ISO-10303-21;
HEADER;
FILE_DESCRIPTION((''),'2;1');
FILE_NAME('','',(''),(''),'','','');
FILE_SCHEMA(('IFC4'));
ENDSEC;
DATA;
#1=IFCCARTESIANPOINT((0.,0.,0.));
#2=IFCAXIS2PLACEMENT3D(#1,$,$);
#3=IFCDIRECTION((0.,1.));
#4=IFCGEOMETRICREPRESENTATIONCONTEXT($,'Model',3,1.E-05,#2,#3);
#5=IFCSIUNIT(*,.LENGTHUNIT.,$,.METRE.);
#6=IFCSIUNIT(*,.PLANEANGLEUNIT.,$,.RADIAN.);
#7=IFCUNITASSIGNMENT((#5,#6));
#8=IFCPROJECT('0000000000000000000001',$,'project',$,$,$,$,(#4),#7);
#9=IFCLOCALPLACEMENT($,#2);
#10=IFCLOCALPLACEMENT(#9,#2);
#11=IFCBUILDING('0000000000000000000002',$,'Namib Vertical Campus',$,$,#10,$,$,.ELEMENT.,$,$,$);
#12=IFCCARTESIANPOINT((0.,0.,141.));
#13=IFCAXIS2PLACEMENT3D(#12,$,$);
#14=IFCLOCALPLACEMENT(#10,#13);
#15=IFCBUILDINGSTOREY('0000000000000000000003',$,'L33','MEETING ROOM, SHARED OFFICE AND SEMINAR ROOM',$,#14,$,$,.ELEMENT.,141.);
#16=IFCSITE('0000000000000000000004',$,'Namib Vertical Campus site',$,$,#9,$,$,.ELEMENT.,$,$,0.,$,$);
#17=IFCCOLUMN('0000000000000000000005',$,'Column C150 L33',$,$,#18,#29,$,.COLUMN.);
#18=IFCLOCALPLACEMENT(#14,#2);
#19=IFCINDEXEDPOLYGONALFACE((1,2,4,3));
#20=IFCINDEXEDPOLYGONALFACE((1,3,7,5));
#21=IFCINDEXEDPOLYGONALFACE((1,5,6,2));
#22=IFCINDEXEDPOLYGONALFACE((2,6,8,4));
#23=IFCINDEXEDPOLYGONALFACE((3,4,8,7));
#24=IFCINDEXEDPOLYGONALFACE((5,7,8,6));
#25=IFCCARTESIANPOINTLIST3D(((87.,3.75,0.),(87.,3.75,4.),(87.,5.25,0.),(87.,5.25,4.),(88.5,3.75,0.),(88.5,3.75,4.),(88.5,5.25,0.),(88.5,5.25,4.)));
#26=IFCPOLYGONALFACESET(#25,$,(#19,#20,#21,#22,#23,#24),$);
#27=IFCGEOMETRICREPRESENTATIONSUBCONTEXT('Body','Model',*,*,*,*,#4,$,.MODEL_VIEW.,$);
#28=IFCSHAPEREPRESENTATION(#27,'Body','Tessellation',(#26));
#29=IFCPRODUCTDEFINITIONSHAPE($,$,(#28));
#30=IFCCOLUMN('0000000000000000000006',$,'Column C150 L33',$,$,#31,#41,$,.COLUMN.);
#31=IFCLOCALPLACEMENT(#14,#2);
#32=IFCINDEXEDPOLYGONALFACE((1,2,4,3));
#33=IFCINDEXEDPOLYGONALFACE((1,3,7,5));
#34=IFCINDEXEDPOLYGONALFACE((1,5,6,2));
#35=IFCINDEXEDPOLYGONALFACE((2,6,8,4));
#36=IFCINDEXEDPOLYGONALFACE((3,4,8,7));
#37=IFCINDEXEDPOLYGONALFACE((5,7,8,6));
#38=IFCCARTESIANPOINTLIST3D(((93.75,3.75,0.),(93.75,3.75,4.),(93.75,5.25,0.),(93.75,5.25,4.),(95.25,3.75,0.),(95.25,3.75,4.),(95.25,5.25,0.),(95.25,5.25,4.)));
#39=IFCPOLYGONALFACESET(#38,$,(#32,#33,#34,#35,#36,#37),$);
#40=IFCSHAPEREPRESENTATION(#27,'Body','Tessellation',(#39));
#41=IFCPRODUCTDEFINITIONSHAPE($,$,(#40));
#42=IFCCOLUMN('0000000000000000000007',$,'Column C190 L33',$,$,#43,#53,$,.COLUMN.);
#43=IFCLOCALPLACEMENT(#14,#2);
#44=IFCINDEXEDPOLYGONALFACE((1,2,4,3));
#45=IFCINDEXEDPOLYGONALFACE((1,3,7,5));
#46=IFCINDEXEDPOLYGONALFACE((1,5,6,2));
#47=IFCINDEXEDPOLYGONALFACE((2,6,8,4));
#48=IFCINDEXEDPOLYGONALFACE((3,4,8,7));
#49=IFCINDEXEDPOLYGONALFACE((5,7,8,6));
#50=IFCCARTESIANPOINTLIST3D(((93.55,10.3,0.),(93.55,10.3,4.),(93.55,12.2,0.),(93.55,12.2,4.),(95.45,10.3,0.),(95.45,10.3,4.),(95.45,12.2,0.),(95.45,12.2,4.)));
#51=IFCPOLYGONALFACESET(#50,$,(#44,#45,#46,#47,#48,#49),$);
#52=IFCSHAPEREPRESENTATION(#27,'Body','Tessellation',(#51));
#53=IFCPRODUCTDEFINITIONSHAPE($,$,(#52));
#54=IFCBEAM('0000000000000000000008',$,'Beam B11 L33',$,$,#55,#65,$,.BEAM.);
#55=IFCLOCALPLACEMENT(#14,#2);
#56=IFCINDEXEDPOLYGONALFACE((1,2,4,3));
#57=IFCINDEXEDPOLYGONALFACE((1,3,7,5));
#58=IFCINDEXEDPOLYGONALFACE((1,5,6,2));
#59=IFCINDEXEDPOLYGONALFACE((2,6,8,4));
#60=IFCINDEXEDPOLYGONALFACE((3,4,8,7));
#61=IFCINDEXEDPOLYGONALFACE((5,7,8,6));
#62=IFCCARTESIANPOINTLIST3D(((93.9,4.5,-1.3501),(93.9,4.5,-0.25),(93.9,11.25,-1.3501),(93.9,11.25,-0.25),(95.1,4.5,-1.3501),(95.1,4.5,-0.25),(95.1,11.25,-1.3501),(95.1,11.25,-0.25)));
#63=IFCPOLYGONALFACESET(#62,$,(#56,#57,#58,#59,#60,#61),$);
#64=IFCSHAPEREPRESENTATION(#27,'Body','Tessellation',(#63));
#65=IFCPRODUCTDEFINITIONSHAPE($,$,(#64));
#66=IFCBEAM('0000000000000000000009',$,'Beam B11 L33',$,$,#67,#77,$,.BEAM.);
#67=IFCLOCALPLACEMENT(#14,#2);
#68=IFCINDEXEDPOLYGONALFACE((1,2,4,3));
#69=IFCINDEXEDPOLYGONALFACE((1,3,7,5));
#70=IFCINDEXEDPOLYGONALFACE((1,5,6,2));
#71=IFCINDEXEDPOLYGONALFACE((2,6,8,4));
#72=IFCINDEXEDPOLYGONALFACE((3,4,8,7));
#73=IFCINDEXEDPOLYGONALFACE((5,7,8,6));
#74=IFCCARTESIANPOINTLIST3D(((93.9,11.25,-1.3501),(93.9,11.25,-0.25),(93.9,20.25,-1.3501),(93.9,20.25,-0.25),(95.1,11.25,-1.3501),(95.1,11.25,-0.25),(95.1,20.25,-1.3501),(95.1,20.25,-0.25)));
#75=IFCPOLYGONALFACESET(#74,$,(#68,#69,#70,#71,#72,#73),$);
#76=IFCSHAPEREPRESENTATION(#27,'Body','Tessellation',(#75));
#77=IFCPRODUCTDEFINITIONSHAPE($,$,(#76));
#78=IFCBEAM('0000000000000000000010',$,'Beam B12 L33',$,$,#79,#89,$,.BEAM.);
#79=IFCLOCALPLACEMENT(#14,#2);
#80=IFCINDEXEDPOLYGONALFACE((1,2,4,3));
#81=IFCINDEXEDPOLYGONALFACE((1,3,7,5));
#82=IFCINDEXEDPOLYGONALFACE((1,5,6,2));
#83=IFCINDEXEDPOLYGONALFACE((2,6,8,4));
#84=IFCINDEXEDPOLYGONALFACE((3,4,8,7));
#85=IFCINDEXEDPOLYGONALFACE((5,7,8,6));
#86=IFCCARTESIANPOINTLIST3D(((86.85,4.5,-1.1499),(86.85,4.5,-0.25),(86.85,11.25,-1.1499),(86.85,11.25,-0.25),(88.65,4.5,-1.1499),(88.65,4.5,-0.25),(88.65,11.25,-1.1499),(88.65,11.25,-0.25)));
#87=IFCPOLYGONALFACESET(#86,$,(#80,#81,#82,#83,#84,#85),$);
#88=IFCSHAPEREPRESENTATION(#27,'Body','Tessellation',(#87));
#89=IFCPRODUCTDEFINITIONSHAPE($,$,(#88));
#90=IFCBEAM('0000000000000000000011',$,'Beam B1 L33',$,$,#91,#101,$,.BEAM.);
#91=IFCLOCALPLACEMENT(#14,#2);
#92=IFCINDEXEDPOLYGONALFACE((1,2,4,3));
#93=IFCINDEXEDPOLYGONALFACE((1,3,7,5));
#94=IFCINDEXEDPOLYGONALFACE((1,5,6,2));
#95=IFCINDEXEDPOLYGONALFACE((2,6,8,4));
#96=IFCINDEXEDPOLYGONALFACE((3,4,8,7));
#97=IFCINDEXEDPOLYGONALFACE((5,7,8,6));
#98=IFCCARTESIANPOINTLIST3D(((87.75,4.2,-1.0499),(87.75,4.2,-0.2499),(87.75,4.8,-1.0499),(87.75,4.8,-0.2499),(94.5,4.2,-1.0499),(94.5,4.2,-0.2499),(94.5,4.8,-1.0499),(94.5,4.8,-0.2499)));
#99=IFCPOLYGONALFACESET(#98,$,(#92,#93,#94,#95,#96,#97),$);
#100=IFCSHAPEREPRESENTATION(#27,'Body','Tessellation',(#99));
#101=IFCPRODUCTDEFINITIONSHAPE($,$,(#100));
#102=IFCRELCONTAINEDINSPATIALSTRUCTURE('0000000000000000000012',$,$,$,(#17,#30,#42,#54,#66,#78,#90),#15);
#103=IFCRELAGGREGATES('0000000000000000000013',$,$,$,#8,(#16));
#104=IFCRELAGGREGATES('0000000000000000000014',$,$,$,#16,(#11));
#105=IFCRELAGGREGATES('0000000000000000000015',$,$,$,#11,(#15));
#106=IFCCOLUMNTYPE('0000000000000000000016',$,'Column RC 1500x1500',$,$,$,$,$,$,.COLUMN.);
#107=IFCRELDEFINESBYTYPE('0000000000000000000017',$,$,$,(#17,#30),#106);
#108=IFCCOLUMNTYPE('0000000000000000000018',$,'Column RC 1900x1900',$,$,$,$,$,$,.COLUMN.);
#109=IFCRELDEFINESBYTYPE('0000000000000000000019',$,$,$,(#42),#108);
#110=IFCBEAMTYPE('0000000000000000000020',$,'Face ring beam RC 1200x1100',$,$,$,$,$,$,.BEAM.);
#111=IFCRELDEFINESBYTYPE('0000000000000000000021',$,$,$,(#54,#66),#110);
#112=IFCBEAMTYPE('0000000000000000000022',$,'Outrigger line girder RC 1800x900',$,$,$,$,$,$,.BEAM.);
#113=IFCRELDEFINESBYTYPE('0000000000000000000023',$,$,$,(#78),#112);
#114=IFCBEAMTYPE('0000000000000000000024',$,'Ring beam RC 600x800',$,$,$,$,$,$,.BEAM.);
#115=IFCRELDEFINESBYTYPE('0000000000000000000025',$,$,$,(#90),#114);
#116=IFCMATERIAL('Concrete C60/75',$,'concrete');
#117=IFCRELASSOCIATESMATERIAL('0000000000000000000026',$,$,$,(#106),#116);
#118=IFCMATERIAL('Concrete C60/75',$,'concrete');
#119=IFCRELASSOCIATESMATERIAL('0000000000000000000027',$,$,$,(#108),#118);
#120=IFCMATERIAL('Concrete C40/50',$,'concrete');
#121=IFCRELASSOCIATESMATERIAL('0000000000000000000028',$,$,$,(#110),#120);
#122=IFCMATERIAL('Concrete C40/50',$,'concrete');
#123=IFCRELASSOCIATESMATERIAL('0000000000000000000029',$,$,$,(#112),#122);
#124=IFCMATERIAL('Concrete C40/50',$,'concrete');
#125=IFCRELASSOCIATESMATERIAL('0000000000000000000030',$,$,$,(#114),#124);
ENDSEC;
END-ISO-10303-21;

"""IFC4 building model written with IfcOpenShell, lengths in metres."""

from ifc_helpers import new_model, si_unit, direction, frame, origin, origin_2d, place, context, subcontext, project, spatial, rectangle, extrude, material, material_profile, profile_set, type_object, element, save


model = new_model("IFC4")

# Units and contexts
model_context = context("Model", 3, precision=1e-05, world=origin(), true_north=direction((0.0, 1.0)))
body_context = subcontext(model_context, "Body", "Model", "MODEL_VIEW")
ifc_project = project(units=[si_unit("LENGTHUNIT", "METRE"), si_unit("PLANEANGLEUNIT", "RADIAN")], contexts=[model_context])

# Site, building, storey
site_placement = place(None, origin())
site = spatial("IfcSite", under=ifc_project, at=site_placement, Name="Namib Vertical Campus site", CompositionType="ELEMENT", RefElevation=0.0)
building_placement = place(site_placement, origin())
building = spatial("IfcBuilding", under=site, at=building_placement, Name="Namib Vertical Campus", CompositionType="ELEMENT")
storey_placement = place(building_placement, frame((0.0, 0.0, 141.0)))
storey = spatial("IfcBuildingStorey", under=building, at=storey_placement, Name="L33", Description="MEETING ROOM, SHARED OFFICE AND SEMINAR ROOM", CompositionType="ELEMENT", Elevation=141.0)

# Columns
ifc_material_1 = material(Name="Concrete C60/75", Category="concrete")
ifc_material_profile_1 = material_profile(ifc_material_1, rectangle(XDim=1.5, YDim=1.5, at=origin_2d()))
ifc_profile_set_1 = profile_set([ifc_material_profile_1], Name="Concrete C60/75")
column_type_1 = type_object("IfcColumnType", Name="Column RC 1500x1500", PredefinedType="COLUMN", material=ifc_profile_set_1)
for number, where, z_axis, x_axis, name in (
    (1, (87.75, 4.5, 0.0), (0.0, 0.0, 1.0), (1.0, 0.0, 0.0), "Column C150 L33"),
    (2, (94.5, 4.5, 0.0), (0.0, 0.0, 1.0), (1.0, 0.0, 0.0), "Column C150 L33"),
):
    element("IfcColumn", number, at=place(storey_placement, frame(where, z_axis=z_axis, x_axis=x_axis)), inside=storey, type_object=column_type_1, Name=name, PredefinedType="COLUMN", context=body_context, shape_type="SweptSolid", body=[
        extrude(rectangle(XDim=1.5, YDim=1.5, at=origin_2d()), origin(), (0.0, 0.0, 1.0), 4.0),
    ])
ifc_material_2 = material(Name="Concrete C60/75", Category="concrete")
ifc_material_profile_2 = material_profile(ifc_material_2, rectangle(XDim=1.8999, YDim=1.8999, at=origin_2d()))
ifc_profile_set_2 = profile_set([ifc_material_profile_2], Name="Concrete C60/75")
column_type_2 = type_object("IfcColumnType", Name="Column RC 1900x1900", PredefinedType="COLUMN", material=ifc_profile_set_2)
column_placement = place(storey_placement, frame((94.5, 11.25, 0.0), z_axis=(0.0, 0.0, 1.0), x_axis=(1.0, 0.0, 0.0)))
element("IfcColumn", 3, at=column_placement, inside=storey, type_object=column_type_2, Name="Column C190 L33", PredefinedType="COLUMN", context=body_context, shape_type="SweptSolid", body=[
    extrude(rectangle(XDim=1.8999, YDim=1.8999, at=origin_2d()), origin(), (0.0, 0.0, 1.0), 4.0),
])

# Beams
ifc_material_3 = material(Name="Concrete C40/50", Category="concrete")
ifc_material_profile_3 = material_profile(ifc_material_3, rectangle(XDim=1.2, YDim=1.1001, at=origin_2d()))
ifc_profile_set_3 = profile_set([ifc_material_profile_3], Name="Concrete C40/50")
beam_type_1 = type_object("IfcBeamType", Name="Face ring beam RC 1200x1100", PredefinedType="BEAM", material=ifc_profile_set_3)
beam_1_placement = place(storey_placement, frame((94.5, 4.5, -0.8), z_axis=(0.0, 1.0, 0.0), x_axis=(-1.0, 0.0, 0.0)))
element("IfcBeam", 4, at=beam_1_placement, inside=storey, type_object=beam_type_1, Name="Beam B11 L33", PredefinedType="BEAM", context=body_context, shape_type="SweptSolid", body=[
    extrude(rectangle(XDim=1.2, YDim=1.1001, at=origin_2d()), origin(), (0.0, 0.0, 1.0), 6.75),
])
beam_2_placement = place(storey_placement, frame((94.5, 11.25, -0.8), z_axis=(0.0, 1.0, 0.0), x_axis=(-1.0, 0.0, 0.0)))
element("IfcBeam", 5, at=beam_2_placement, inside=storey, type_object=beam_type_1, Name="Beam B11 L33", PredefinedType="BEAM", context=body_context, shape_type="SweptSolid", body=[
    extrude(rectangle(XDim=1.2, YDim=1.1001, at=origin_2d()), origin(), (0.0, 0.0, 1.0), 9.0),
])
ifc_material_4 = material(Name="Concrete C40/50", Category="concrete")
ifc_material_profile_4 = material_profile(ifc_material_4, rectangle(XDim=1.8, YDim=0.8999, at=origin_2d()))
ifc_profile_set_4 = profile_set([ifc_material_profile_4], Name="Concrete C40/50")
beam_type_2 = type_object("IfcBeamType", Name="Outrigger line girder RC 1800x900", PredefinedType="BEAM", material=ifc_profile_set_4)
beam_3_placement = place(storey_placement, frame((87.75, 4.5, -0.7), z_axis=(0.0, 1.0, 0.0), x_axis=(-1.0, 0.0, 0.0)))
element("IfcBeam", 6, at=beam_3_placement, inside=storey, type_object=beam_type_2, Name="Beam B12 L33", PredefinedType="BEAM", context=body_context, shape_type="SweptSolid", body=[
    extrude(rectangle(XDim=1.8, YDim=0.8999, at=origin_2d()), origin(), (0.0, 0.0, 1.0), 6.75),
])
ifc_material_5 = material(Name="Concrete C40/50", Category="concrete")
ifc_material_profile_5 = material_profile(ifc_material_5, rectangle(XDim=0.6001, YDim=0.8, at=origin_2d()))
ifc_profile_set_5 = profile_set([ifc_material_profile_5], Name="Concrete C40/50")
beam_type_3 = type_object("IfcBeamType", Name="Ring beam RC 600x800", PredefinedType="BEAM", material=ifc_profile_set_5)
beam_4_placement = place(storey_placement, frame((87.75, 4.5, -0.6499), z_axis=(1.0, 0.0, 0.0), x_axis=(0.0, 1.0, 0.0)))
element("IfcBeam", 7, at=beam_4_placement, inside=storey, type_object=beam_type_3, Name="Beam B1 L33", PredefinedType="BEAM", context=body_context, shape_type="SweptSolid", body=[
    extrude(rectangle(XDim=0.6001, YDim=0.8, at=origin_2d()), origin(), (0.0, 0.0, 1.0), 6.75),
])

save(model, "model.ifc")
